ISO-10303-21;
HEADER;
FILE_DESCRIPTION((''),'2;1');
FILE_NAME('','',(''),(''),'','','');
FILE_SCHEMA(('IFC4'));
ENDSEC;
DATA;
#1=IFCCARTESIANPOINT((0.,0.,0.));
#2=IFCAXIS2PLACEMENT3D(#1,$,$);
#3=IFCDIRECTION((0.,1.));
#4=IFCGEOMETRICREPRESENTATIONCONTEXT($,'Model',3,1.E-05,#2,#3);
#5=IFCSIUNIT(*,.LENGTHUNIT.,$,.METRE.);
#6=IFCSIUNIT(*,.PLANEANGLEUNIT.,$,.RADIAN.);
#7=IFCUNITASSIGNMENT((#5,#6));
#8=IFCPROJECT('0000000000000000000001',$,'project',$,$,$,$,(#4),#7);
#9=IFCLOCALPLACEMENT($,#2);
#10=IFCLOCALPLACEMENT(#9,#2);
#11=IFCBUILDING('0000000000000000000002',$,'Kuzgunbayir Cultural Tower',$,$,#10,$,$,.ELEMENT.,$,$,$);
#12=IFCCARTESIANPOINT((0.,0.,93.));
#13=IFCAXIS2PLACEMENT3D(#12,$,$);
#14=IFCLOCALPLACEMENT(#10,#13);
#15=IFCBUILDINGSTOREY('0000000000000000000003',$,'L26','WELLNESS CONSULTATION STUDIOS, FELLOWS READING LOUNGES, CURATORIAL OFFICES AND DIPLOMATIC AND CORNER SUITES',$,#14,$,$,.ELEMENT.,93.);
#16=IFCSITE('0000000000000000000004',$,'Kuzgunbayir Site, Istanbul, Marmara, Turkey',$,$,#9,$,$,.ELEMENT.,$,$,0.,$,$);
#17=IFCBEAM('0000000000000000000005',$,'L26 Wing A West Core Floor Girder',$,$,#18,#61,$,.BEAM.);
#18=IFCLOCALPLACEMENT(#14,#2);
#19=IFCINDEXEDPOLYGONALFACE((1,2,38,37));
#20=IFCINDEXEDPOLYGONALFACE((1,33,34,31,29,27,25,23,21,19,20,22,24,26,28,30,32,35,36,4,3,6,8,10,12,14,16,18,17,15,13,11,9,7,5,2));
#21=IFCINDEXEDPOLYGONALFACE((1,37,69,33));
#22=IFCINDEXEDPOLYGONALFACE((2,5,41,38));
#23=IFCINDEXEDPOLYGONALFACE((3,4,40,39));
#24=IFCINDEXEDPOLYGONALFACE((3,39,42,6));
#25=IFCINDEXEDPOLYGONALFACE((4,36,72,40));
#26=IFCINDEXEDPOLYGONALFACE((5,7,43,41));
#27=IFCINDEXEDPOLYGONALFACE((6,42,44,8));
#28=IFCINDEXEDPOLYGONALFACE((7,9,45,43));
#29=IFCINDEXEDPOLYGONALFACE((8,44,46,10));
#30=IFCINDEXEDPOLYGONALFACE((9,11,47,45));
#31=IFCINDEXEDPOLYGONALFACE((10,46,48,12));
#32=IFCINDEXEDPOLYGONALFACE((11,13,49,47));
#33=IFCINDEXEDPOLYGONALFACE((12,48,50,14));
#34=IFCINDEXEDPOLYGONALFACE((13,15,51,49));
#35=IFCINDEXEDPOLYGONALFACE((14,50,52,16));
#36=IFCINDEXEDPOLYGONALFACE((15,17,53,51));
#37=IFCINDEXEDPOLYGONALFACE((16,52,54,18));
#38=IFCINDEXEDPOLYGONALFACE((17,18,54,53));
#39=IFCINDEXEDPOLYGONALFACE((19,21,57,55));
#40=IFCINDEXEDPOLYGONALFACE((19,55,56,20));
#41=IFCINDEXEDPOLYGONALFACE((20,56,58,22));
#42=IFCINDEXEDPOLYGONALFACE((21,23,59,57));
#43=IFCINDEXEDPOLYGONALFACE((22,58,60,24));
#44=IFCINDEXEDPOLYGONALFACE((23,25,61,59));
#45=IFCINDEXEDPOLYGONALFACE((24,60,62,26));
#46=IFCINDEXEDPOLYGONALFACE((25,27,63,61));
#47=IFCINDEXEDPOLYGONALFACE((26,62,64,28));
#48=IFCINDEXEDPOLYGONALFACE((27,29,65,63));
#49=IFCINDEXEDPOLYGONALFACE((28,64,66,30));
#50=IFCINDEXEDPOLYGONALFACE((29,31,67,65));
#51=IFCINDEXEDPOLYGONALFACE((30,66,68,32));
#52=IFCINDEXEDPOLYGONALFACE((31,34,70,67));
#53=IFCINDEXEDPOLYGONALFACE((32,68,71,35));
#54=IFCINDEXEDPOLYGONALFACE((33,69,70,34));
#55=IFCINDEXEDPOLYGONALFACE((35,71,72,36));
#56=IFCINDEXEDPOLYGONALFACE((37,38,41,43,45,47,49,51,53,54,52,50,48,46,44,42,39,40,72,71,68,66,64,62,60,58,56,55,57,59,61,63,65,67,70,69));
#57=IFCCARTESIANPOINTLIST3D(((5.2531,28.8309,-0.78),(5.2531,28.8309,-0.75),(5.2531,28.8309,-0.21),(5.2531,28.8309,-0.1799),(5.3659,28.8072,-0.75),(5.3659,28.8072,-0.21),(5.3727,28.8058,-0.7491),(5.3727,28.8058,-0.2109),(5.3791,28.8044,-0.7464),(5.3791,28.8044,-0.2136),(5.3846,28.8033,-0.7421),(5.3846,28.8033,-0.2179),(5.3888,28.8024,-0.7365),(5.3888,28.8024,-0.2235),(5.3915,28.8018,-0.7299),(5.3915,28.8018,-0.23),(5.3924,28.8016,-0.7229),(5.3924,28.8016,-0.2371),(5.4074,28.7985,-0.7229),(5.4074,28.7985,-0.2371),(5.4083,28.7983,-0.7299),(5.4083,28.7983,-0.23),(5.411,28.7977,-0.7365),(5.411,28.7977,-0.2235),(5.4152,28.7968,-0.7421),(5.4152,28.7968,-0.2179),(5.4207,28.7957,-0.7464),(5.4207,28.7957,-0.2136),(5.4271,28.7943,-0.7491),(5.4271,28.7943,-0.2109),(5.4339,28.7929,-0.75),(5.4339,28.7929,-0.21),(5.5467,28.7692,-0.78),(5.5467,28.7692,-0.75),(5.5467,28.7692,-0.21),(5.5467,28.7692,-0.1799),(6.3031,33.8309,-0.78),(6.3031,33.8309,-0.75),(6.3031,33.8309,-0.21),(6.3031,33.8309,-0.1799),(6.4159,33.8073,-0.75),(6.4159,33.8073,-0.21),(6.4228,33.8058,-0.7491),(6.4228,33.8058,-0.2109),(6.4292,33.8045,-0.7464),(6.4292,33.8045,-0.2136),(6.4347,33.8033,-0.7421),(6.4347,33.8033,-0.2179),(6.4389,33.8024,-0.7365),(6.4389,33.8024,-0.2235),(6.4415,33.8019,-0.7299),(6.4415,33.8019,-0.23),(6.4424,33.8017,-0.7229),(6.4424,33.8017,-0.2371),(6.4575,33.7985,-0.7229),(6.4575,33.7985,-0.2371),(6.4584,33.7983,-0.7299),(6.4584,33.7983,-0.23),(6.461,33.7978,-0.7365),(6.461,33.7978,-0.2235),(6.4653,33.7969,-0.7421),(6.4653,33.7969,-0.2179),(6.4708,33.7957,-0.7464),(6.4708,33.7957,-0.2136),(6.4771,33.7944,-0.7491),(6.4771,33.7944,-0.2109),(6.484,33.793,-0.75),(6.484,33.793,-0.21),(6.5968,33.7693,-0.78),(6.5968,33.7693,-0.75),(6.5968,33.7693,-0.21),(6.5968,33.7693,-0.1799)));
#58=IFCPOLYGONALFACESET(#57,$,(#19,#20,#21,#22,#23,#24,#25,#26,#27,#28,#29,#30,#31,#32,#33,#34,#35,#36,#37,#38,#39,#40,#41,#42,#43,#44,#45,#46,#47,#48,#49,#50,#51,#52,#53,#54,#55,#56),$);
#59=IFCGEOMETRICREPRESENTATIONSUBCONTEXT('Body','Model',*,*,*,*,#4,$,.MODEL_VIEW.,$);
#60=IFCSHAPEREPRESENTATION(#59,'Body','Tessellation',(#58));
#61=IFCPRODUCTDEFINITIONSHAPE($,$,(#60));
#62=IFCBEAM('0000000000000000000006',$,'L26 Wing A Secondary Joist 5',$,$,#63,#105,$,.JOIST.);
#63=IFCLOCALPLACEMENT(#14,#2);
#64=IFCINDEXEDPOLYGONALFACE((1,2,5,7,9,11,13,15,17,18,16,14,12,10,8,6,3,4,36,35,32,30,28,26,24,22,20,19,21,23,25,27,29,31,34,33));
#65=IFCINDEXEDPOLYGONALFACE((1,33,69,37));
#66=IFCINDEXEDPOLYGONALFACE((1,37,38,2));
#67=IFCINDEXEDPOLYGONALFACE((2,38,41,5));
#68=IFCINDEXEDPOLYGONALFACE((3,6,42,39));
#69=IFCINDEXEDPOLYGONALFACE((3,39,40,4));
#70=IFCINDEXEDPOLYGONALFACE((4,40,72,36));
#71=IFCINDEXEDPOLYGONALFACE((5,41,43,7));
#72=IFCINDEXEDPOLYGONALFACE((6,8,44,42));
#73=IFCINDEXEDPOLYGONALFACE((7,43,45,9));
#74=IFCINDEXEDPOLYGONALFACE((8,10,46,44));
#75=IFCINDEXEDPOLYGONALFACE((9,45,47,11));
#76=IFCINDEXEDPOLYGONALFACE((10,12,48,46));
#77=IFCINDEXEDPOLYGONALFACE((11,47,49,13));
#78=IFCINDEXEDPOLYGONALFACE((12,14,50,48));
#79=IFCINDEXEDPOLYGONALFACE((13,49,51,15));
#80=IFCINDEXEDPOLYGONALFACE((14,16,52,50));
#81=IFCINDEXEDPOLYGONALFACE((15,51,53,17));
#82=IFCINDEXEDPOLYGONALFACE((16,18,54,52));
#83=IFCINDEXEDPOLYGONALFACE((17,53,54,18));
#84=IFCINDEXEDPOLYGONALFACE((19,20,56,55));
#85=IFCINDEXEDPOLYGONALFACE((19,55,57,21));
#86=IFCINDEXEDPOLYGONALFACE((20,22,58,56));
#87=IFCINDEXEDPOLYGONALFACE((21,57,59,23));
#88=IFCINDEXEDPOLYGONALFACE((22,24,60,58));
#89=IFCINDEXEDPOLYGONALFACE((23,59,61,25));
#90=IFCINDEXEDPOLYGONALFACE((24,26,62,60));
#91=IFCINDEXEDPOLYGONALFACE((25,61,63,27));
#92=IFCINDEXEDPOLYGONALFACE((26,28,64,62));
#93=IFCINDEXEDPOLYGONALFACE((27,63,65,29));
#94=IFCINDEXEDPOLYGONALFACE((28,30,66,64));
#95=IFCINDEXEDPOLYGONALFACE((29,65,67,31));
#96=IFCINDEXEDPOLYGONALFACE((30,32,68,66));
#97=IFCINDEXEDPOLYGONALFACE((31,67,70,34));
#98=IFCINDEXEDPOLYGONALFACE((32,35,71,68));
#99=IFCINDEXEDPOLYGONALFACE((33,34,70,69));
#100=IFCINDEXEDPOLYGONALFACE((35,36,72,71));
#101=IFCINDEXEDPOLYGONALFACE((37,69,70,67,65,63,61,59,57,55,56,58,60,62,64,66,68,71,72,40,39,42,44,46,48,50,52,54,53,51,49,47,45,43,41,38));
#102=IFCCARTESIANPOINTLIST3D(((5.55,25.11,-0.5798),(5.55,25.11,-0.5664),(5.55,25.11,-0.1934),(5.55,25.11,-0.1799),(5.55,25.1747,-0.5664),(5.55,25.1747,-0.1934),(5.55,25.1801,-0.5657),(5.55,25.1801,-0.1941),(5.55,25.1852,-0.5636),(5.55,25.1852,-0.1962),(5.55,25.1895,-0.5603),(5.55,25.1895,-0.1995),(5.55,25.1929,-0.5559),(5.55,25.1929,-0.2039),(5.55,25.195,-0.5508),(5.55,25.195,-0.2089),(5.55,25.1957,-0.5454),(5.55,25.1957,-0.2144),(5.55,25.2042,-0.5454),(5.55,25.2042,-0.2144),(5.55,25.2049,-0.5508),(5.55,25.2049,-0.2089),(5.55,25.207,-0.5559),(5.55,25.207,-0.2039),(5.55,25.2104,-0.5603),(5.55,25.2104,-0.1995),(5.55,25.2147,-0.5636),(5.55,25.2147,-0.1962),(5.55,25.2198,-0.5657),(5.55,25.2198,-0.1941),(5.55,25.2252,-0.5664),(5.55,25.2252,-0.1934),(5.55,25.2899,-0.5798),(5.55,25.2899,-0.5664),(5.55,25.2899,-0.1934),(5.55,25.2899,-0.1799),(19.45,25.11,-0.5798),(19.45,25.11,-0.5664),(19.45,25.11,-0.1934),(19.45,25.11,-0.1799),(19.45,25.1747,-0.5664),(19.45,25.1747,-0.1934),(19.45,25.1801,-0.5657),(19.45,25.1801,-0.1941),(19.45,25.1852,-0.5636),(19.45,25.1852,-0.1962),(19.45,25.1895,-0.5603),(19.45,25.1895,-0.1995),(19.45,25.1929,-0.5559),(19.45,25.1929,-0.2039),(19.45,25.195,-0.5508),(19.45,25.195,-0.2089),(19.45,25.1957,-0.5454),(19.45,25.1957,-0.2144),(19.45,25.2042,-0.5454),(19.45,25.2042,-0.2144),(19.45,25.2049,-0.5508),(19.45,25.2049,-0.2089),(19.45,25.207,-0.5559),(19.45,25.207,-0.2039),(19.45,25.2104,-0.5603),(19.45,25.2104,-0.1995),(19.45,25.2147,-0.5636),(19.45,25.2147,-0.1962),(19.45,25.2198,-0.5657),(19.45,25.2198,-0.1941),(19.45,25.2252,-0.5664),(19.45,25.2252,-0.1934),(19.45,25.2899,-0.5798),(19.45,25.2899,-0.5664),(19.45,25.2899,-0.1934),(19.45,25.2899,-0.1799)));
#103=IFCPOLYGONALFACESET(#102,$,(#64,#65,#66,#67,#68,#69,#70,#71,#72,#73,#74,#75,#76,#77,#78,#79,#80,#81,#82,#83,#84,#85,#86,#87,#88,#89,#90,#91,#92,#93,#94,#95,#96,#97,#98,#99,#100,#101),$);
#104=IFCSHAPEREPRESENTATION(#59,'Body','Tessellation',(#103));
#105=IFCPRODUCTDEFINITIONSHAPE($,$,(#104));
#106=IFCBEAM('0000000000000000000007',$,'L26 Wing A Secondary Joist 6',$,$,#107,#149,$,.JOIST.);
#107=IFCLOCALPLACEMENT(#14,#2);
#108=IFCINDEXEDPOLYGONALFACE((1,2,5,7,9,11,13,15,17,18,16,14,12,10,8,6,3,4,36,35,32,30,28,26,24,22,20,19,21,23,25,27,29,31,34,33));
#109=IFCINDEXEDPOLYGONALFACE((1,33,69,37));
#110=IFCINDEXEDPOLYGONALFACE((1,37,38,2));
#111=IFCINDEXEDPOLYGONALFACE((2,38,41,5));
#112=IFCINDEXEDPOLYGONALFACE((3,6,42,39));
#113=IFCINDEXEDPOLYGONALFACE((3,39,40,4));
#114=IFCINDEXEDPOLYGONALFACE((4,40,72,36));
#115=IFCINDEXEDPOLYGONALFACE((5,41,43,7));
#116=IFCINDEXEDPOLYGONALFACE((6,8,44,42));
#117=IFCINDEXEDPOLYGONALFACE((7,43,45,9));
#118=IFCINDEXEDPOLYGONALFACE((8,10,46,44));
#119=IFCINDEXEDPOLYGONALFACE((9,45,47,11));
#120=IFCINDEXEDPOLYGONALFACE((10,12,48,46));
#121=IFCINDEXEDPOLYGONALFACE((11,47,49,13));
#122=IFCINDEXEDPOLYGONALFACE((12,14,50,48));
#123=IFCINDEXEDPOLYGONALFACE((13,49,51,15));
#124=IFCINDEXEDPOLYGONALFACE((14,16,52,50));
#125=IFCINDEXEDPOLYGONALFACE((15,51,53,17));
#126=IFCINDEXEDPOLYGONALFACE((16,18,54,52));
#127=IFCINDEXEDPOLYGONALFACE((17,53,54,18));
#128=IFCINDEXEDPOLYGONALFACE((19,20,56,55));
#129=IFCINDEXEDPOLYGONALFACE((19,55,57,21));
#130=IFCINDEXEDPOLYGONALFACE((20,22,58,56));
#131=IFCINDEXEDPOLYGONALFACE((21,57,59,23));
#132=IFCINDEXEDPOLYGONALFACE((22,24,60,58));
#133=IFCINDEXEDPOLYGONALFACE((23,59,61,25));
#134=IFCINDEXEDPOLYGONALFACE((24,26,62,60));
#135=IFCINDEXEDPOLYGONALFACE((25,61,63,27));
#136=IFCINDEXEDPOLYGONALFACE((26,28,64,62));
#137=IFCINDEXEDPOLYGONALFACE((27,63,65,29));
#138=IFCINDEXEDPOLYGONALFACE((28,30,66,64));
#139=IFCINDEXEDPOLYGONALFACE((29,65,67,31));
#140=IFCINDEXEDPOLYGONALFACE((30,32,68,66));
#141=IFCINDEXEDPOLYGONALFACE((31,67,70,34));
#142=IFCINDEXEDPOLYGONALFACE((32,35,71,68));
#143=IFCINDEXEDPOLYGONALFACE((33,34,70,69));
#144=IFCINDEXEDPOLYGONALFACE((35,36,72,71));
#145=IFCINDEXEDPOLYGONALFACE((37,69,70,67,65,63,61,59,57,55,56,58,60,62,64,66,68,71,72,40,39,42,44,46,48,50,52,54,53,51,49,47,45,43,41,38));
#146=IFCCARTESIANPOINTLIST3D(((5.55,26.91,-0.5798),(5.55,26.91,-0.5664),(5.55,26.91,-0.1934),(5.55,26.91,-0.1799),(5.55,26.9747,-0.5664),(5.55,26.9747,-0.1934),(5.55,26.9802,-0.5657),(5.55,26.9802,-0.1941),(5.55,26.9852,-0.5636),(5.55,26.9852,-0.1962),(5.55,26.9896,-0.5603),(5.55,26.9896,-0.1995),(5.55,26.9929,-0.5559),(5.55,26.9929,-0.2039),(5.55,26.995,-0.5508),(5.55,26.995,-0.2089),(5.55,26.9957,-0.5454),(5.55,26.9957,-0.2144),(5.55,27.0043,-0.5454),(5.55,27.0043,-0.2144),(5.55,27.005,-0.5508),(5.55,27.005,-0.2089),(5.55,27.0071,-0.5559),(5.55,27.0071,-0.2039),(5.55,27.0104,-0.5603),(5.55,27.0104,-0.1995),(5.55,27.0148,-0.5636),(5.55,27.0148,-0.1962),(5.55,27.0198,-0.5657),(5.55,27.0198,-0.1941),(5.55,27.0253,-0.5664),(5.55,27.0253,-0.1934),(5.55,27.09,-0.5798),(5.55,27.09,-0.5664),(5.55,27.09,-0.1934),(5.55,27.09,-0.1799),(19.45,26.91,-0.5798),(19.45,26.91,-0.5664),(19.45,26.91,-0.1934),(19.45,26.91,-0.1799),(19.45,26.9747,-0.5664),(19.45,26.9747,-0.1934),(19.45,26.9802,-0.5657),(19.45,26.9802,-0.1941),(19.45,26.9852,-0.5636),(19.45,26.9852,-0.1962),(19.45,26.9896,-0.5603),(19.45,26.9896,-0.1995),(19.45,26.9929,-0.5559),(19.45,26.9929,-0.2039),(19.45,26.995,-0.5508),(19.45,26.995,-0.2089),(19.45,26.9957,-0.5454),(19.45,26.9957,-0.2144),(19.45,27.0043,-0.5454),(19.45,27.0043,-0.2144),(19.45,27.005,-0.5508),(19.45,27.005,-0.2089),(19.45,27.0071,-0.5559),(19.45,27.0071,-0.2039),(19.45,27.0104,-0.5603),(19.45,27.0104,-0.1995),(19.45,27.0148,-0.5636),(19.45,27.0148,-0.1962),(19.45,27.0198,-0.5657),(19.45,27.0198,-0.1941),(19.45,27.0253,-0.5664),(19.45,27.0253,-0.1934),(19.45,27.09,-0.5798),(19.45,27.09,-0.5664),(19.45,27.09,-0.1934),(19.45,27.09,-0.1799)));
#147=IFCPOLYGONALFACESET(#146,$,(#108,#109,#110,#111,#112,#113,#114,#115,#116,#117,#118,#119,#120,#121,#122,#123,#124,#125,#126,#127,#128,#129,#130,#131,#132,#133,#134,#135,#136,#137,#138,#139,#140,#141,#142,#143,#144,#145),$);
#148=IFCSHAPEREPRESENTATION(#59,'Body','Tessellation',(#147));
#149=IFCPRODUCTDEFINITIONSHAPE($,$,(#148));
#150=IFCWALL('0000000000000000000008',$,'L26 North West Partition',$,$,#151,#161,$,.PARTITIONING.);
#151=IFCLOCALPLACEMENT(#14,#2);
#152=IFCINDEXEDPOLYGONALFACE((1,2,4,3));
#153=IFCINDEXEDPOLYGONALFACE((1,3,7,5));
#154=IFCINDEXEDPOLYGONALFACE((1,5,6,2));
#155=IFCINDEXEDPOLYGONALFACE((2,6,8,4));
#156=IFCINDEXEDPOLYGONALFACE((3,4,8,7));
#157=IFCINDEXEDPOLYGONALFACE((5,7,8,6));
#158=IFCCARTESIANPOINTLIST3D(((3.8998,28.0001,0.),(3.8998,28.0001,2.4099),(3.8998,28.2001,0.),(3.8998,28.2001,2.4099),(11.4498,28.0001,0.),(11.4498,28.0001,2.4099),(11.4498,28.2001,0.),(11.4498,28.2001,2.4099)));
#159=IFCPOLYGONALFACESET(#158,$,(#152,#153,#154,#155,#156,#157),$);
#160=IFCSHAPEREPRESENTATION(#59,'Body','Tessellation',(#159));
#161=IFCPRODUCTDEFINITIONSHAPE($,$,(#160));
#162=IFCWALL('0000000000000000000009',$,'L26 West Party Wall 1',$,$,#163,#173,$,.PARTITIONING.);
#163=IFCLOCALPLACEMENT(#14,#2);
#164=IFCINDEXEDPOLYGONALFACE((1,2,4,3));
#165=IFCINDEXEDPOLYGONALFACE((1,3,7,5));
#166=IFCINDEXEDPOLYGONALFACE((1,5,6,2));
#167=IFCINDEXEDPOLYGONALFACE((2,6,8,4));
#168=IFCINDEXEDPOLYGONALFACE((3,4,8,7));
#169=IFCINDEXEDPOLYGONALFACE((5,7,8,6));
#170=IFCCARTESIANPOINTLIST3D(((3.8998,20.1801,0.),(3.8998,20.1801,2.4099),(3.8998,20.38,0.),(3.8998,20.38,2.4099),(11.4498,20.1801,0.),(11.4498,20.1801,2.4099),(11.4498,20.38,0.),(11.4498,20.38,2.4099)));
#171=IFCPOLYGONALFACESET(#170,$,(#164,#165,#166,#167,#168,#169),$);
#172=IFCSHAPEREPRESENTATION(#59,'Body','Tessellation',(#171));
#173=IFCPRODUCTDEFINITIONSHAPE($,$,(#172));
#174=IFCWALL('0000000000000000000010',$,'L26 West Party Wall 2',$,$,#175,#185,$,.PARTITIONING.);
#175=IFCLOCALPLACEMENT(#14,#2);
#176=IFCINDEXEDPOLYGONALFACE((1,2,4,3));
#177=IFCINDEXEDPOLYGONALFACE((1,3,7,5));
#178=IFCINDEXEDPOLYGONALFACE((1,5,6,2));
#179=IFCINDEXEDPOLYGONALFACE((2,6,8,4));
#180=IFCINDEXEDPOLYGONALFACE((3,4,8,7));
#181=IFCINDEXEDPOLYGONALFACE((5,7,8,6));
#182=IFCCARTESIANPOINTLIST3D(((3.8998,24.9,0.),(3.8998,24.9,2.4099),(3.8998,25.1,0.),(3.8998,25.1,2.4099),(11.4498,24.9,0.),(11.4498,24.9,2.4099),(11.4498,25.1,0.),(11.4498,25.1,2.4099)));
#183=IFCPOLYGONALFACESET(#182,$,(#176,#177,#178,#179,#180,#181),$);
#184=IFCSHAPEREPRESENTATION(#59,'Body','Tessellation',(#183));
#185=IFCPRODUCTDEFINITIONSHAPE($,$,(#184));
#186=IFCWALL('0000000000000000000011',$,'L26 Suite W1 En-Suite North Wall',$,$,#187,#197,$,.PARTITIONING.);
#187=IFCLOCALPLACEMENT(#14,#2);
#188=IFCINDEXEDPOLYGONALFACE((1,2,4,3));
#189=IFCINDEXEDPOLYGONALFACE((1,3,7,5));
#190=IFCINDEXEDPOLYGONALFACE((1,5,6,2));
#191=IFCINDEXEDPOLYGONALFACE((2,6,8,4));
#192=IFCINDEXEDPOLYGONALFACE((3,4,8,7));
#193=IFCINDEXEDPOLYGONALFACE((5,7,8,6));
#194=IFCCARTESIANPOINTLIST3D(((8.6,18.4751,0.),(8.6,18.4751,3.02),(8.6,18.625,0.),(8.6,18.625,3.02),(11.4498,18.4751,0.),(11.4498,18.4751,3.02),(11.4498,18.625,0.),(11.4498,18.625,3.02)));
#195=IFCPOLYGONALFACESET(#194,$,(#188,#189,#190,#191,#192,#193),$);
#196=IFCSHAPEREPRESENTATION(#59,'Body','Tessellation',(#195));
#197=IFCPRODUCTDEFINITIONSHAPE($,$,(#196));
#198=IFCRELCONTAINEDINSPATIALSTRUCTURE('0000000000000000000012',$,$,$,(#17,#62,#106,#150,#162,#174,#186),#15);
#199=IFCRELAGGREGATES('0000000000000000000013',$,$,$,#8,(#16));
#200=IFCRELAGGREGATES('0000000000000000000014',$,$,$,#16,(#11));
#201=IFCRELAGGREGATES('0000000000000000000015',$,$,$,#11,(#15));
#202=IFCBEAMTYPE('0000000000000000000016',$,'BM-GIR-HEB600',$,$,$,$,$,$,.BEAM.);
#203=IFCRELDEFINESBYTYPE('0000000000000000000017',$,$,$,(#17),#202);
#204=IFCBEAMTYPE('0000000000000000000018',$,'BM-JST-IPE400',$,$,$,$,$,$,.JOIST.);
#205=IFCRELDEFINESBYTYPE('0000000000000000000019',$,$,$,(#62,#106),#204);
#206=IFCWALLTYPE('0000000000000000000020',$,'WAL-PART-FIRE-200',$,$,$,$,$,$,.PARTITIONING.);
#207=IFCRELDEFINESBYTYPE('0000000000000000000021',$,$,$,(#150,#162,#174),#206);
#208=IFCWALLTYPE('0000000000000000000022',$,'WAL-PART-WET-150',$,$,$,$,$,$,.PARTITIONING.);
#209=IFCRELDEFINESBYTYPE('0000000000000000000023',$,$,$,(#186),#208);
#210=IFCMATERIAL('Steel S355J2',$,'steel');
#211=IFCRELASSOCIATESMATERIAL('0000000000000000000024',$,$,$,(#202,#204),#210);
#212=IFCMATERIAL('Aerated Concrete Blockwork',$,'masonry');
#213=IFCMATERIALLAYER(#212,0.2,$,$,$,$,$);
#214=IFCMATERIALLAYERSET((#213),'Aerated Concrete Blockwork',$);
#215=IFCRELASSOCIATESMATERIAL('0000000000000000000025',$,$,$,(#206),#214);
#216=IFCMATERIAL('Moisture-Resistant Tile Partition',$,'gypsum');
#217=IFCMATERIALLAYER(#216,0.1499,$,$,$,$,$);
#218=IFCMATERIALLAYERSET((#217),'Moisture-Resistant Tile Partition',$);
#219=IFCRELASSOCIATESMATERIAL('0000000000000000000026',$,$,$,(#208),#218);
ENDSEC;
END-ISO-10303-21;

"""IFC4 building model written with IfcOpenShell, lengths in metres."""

from ifc_helpers import new_model, si_unit, direction, frame, frame_2d, origin, origin_2d, place, context, subcontext, project, spatial, rectangle, i_section, extrude, material, layer, layer_set, material_profile, profile_set, type_object, element, save


model = new_model("IFC4")

# Units and contexts
model_context = context("Model", 3, precision=1e-05, world=origin(), true_north=direction((0.0, 1.0)))
body_context = subcontext(model_context, "Body", "Model", "MODEL_VIEW")
ifc_project = project(units=[si_unit("LENGTHUNIT", "METRE"), si_unit("PLANEANGLEUNIT", "RADIAN")], contexts=[model_context])

# Site, building, storey
site_placement = place(None, origin())
site = spatial("IfcSite", under=ifc_project, at=site_placement, Name="Kuzgunbayir Site, Istanbul, Marmara, Turkey", CompositionType="ELEMENT", RefElevation=0.0)
building_placement = place(site_placement, origin())
building = spatial("IfcBuilding", under=site, at=building_placement, Name="Kuzgunbayir Cultural Tower", CompositionType="ELEMENT")
storey_placement = place(building_placement, frame((0.0, 0.0, 93.0)))
storey = spatial("IfcBuildingStorey", under=building, at=storey_placement, Name="L26", Description="WELLNESS CONSULTATION STUDIOS, FELLOWS READING LOUNGES, CURATORIAL OFFICES AND DIPLOMATIC AND CORNER SUITES", CompositionType="ELEMENT", Elevation=93.0)

# Beams
ifc_material_1 = material(Name="Steel S355J2", Category="steel")
ifc_material_profile_1 = material_profile(ifc_material_1, i_section(OverallWidth=0.3, OverallDepth=0.6001, WebThickness=0.0154, FlangeThickness=0.03, FilletRadius=0.0271, at=origin_2d()), Name="HEB 600")
ifc_profile_set_1 = profile_set([ifc_material_profile_1], Name="Steel S355J2")
beam_type_1 = type_object("IfcBeamType", Name="BM-GIR-HEB600", PredefinedType="BEAM", material=ifc_profile_set_1)
beam_1_placement = place(storey_placement, frame((5.3999, 28.8, -0.48), z_axis=(0.205526, 0.978652, 0.0), x_axis=(-0.978652, 0.205526, 0.0)))
element("IfcBeam", 1, at=beam_1_placement, inside=storey, type_object=beam_type_1, Name="L26 Wing A West Core Floor Girder", PredefinedType="BEAM", context=body_context, shape_type="SweptSolid", body=[
    extrude(i_section(OverallWidth=0.3, OverallDepth=0.6001, WebThickness=0.0154, FlangeThickness=0.03, FilletRadius=0.0271, at=origin_2d()), origin(), (0.0, 0.0, 1.0), 5.1091),
])
ifc_material_profile_2 = material_profile(ifc_material_1, i_section(OverallWidth=0.1799, OverallDepth=0.3999, WebThickness=0.0085, FlangeThickness=0.0134, FilletRadius=0.021, at=origin_2d()), Name="IPE 400")
ifc_profile_set_2 = profile_set([ifc_material_profile_2], Name="Steel S355J2")
beam_type_2 = type_object("IfcBeamType", Name="BM-JST-IPE400", PredefinedType="JOIST", material=ifc_profile_set_2)
for number, where, z_axis, x_axis, name in (
    (2, (5.55, 25.2, -0.3799), (1.0, 0.0, 0.0), (0.0, 1.0, 0.0), "L26 Wing A Secondary Joist 5"),
    (3, (5.55, 27.0, -0.3799), (1.0, 0.0, 0.0), (0.0, 1.0, 0.0), "L26 Wing A Secondary Joist 6"),
):
    element("IfcBeam", number, at=place(storey_placement, frame(where, z_axis=z_axis, x_axis=x_axis)), inside=storey, type_object=beam_type_2, Name=name, PredefinedType="JOIST", context=body_context, shape_type="SweptSolid", body=[
        extrude(i_section(OverallWidth=0.1799, OverallDepth=0.3999, WebThickness=0.0085, FlangeThickness=0.0134, FilletRadius=0.021, at=origin_2d()), origin(), (0.0, 0.0, 1.0), 13.8999),
    ])

# Walls
ifc_material_2 = material(Name="Aerated Concrete Blockwork", Category="masonry")
ifc_layer_1 = layer(ifc_material_2, 0.2)
ifc_layer_set_1 = layer_set([ifc_layer_1], Name="Aerated Concrete Blockwork")
wall_type_1 = type_object("IfcWallType", Name="WAL-PART-FIRE-200", PredefinedType="PARTITIONING", material=ifc_layer_set_1)
for number, where, z_axis, x_axis, name in (
    (4, (3.8999, 28.1001, 0.0), (0.0, 0.0, 1.0), (1.0, 0.0, 0.0), "L26 North West Partition"),
    (5, (3.8999, 20.28, 0.0), (0.0, 0.0, 1.0), (1.0, 0.0, 0.0), "L26 West Party Wall 1"),
    (6, (3.8999, 25.0, 0.0), (0.0, 0.0, 1.0), (1.0, 0.0, 0.0), "L26 West Party Wall 2"),
):
    element("IfcWall", number, at=place(storey_placement, frame(where, z_axis=z_axis, x_axis=x_axis)), inside=storey, type_object=wall_type_1, Name=name, PredefinedType="PARTITIONING", context=body_context, shape_type="SweptSolid", body=[
        extrude(rectangle(XDim=7.55, YDim=0.2, at=frame_2d((3.7749, 0.0))), origin(), (0.0, 0.0, 1.0), 2.4099),
    ])
ifc_material_3 = material(Name="Moisture-Resistant Tile Partition", Category="gypsum")
ifc_layer_2 = layer(ifc_material_3, 0.1499)
ifc_layer_set_2 = layer_set([ifc_layer_2], Name="Moisture-Resistant Tile Partition")
wall_type_2 = type_object("IfcWallType", Name="WAL-PART-WET-150", PredefinedType="PARTITIONING", material=ifc_layer_set_2)
wall_1_placement = place(storey_placement, frame((8.6001, 18.55, 0.0), z_axis=(0.0, 0.0, 1.0), x_axis=(1.0, 0.0, 0.0)))
element("IfcWall", 7, at=wall_1_placement, inside=storey, type_object=wall_type_2, Name="L26 Suite W1 En-Suite North Wall", PredefinedType="PARTITIONING", context=body_context, shape_type="SweptSolid", body=[
    extrude(rectangle(XDim=2.8499, YDim=0.1499, at=frame_2d((1.4248, 0.0))), origin(), (0.0, 0.0, 1.0), 3.02),
])

save(model, "model.ifc")
